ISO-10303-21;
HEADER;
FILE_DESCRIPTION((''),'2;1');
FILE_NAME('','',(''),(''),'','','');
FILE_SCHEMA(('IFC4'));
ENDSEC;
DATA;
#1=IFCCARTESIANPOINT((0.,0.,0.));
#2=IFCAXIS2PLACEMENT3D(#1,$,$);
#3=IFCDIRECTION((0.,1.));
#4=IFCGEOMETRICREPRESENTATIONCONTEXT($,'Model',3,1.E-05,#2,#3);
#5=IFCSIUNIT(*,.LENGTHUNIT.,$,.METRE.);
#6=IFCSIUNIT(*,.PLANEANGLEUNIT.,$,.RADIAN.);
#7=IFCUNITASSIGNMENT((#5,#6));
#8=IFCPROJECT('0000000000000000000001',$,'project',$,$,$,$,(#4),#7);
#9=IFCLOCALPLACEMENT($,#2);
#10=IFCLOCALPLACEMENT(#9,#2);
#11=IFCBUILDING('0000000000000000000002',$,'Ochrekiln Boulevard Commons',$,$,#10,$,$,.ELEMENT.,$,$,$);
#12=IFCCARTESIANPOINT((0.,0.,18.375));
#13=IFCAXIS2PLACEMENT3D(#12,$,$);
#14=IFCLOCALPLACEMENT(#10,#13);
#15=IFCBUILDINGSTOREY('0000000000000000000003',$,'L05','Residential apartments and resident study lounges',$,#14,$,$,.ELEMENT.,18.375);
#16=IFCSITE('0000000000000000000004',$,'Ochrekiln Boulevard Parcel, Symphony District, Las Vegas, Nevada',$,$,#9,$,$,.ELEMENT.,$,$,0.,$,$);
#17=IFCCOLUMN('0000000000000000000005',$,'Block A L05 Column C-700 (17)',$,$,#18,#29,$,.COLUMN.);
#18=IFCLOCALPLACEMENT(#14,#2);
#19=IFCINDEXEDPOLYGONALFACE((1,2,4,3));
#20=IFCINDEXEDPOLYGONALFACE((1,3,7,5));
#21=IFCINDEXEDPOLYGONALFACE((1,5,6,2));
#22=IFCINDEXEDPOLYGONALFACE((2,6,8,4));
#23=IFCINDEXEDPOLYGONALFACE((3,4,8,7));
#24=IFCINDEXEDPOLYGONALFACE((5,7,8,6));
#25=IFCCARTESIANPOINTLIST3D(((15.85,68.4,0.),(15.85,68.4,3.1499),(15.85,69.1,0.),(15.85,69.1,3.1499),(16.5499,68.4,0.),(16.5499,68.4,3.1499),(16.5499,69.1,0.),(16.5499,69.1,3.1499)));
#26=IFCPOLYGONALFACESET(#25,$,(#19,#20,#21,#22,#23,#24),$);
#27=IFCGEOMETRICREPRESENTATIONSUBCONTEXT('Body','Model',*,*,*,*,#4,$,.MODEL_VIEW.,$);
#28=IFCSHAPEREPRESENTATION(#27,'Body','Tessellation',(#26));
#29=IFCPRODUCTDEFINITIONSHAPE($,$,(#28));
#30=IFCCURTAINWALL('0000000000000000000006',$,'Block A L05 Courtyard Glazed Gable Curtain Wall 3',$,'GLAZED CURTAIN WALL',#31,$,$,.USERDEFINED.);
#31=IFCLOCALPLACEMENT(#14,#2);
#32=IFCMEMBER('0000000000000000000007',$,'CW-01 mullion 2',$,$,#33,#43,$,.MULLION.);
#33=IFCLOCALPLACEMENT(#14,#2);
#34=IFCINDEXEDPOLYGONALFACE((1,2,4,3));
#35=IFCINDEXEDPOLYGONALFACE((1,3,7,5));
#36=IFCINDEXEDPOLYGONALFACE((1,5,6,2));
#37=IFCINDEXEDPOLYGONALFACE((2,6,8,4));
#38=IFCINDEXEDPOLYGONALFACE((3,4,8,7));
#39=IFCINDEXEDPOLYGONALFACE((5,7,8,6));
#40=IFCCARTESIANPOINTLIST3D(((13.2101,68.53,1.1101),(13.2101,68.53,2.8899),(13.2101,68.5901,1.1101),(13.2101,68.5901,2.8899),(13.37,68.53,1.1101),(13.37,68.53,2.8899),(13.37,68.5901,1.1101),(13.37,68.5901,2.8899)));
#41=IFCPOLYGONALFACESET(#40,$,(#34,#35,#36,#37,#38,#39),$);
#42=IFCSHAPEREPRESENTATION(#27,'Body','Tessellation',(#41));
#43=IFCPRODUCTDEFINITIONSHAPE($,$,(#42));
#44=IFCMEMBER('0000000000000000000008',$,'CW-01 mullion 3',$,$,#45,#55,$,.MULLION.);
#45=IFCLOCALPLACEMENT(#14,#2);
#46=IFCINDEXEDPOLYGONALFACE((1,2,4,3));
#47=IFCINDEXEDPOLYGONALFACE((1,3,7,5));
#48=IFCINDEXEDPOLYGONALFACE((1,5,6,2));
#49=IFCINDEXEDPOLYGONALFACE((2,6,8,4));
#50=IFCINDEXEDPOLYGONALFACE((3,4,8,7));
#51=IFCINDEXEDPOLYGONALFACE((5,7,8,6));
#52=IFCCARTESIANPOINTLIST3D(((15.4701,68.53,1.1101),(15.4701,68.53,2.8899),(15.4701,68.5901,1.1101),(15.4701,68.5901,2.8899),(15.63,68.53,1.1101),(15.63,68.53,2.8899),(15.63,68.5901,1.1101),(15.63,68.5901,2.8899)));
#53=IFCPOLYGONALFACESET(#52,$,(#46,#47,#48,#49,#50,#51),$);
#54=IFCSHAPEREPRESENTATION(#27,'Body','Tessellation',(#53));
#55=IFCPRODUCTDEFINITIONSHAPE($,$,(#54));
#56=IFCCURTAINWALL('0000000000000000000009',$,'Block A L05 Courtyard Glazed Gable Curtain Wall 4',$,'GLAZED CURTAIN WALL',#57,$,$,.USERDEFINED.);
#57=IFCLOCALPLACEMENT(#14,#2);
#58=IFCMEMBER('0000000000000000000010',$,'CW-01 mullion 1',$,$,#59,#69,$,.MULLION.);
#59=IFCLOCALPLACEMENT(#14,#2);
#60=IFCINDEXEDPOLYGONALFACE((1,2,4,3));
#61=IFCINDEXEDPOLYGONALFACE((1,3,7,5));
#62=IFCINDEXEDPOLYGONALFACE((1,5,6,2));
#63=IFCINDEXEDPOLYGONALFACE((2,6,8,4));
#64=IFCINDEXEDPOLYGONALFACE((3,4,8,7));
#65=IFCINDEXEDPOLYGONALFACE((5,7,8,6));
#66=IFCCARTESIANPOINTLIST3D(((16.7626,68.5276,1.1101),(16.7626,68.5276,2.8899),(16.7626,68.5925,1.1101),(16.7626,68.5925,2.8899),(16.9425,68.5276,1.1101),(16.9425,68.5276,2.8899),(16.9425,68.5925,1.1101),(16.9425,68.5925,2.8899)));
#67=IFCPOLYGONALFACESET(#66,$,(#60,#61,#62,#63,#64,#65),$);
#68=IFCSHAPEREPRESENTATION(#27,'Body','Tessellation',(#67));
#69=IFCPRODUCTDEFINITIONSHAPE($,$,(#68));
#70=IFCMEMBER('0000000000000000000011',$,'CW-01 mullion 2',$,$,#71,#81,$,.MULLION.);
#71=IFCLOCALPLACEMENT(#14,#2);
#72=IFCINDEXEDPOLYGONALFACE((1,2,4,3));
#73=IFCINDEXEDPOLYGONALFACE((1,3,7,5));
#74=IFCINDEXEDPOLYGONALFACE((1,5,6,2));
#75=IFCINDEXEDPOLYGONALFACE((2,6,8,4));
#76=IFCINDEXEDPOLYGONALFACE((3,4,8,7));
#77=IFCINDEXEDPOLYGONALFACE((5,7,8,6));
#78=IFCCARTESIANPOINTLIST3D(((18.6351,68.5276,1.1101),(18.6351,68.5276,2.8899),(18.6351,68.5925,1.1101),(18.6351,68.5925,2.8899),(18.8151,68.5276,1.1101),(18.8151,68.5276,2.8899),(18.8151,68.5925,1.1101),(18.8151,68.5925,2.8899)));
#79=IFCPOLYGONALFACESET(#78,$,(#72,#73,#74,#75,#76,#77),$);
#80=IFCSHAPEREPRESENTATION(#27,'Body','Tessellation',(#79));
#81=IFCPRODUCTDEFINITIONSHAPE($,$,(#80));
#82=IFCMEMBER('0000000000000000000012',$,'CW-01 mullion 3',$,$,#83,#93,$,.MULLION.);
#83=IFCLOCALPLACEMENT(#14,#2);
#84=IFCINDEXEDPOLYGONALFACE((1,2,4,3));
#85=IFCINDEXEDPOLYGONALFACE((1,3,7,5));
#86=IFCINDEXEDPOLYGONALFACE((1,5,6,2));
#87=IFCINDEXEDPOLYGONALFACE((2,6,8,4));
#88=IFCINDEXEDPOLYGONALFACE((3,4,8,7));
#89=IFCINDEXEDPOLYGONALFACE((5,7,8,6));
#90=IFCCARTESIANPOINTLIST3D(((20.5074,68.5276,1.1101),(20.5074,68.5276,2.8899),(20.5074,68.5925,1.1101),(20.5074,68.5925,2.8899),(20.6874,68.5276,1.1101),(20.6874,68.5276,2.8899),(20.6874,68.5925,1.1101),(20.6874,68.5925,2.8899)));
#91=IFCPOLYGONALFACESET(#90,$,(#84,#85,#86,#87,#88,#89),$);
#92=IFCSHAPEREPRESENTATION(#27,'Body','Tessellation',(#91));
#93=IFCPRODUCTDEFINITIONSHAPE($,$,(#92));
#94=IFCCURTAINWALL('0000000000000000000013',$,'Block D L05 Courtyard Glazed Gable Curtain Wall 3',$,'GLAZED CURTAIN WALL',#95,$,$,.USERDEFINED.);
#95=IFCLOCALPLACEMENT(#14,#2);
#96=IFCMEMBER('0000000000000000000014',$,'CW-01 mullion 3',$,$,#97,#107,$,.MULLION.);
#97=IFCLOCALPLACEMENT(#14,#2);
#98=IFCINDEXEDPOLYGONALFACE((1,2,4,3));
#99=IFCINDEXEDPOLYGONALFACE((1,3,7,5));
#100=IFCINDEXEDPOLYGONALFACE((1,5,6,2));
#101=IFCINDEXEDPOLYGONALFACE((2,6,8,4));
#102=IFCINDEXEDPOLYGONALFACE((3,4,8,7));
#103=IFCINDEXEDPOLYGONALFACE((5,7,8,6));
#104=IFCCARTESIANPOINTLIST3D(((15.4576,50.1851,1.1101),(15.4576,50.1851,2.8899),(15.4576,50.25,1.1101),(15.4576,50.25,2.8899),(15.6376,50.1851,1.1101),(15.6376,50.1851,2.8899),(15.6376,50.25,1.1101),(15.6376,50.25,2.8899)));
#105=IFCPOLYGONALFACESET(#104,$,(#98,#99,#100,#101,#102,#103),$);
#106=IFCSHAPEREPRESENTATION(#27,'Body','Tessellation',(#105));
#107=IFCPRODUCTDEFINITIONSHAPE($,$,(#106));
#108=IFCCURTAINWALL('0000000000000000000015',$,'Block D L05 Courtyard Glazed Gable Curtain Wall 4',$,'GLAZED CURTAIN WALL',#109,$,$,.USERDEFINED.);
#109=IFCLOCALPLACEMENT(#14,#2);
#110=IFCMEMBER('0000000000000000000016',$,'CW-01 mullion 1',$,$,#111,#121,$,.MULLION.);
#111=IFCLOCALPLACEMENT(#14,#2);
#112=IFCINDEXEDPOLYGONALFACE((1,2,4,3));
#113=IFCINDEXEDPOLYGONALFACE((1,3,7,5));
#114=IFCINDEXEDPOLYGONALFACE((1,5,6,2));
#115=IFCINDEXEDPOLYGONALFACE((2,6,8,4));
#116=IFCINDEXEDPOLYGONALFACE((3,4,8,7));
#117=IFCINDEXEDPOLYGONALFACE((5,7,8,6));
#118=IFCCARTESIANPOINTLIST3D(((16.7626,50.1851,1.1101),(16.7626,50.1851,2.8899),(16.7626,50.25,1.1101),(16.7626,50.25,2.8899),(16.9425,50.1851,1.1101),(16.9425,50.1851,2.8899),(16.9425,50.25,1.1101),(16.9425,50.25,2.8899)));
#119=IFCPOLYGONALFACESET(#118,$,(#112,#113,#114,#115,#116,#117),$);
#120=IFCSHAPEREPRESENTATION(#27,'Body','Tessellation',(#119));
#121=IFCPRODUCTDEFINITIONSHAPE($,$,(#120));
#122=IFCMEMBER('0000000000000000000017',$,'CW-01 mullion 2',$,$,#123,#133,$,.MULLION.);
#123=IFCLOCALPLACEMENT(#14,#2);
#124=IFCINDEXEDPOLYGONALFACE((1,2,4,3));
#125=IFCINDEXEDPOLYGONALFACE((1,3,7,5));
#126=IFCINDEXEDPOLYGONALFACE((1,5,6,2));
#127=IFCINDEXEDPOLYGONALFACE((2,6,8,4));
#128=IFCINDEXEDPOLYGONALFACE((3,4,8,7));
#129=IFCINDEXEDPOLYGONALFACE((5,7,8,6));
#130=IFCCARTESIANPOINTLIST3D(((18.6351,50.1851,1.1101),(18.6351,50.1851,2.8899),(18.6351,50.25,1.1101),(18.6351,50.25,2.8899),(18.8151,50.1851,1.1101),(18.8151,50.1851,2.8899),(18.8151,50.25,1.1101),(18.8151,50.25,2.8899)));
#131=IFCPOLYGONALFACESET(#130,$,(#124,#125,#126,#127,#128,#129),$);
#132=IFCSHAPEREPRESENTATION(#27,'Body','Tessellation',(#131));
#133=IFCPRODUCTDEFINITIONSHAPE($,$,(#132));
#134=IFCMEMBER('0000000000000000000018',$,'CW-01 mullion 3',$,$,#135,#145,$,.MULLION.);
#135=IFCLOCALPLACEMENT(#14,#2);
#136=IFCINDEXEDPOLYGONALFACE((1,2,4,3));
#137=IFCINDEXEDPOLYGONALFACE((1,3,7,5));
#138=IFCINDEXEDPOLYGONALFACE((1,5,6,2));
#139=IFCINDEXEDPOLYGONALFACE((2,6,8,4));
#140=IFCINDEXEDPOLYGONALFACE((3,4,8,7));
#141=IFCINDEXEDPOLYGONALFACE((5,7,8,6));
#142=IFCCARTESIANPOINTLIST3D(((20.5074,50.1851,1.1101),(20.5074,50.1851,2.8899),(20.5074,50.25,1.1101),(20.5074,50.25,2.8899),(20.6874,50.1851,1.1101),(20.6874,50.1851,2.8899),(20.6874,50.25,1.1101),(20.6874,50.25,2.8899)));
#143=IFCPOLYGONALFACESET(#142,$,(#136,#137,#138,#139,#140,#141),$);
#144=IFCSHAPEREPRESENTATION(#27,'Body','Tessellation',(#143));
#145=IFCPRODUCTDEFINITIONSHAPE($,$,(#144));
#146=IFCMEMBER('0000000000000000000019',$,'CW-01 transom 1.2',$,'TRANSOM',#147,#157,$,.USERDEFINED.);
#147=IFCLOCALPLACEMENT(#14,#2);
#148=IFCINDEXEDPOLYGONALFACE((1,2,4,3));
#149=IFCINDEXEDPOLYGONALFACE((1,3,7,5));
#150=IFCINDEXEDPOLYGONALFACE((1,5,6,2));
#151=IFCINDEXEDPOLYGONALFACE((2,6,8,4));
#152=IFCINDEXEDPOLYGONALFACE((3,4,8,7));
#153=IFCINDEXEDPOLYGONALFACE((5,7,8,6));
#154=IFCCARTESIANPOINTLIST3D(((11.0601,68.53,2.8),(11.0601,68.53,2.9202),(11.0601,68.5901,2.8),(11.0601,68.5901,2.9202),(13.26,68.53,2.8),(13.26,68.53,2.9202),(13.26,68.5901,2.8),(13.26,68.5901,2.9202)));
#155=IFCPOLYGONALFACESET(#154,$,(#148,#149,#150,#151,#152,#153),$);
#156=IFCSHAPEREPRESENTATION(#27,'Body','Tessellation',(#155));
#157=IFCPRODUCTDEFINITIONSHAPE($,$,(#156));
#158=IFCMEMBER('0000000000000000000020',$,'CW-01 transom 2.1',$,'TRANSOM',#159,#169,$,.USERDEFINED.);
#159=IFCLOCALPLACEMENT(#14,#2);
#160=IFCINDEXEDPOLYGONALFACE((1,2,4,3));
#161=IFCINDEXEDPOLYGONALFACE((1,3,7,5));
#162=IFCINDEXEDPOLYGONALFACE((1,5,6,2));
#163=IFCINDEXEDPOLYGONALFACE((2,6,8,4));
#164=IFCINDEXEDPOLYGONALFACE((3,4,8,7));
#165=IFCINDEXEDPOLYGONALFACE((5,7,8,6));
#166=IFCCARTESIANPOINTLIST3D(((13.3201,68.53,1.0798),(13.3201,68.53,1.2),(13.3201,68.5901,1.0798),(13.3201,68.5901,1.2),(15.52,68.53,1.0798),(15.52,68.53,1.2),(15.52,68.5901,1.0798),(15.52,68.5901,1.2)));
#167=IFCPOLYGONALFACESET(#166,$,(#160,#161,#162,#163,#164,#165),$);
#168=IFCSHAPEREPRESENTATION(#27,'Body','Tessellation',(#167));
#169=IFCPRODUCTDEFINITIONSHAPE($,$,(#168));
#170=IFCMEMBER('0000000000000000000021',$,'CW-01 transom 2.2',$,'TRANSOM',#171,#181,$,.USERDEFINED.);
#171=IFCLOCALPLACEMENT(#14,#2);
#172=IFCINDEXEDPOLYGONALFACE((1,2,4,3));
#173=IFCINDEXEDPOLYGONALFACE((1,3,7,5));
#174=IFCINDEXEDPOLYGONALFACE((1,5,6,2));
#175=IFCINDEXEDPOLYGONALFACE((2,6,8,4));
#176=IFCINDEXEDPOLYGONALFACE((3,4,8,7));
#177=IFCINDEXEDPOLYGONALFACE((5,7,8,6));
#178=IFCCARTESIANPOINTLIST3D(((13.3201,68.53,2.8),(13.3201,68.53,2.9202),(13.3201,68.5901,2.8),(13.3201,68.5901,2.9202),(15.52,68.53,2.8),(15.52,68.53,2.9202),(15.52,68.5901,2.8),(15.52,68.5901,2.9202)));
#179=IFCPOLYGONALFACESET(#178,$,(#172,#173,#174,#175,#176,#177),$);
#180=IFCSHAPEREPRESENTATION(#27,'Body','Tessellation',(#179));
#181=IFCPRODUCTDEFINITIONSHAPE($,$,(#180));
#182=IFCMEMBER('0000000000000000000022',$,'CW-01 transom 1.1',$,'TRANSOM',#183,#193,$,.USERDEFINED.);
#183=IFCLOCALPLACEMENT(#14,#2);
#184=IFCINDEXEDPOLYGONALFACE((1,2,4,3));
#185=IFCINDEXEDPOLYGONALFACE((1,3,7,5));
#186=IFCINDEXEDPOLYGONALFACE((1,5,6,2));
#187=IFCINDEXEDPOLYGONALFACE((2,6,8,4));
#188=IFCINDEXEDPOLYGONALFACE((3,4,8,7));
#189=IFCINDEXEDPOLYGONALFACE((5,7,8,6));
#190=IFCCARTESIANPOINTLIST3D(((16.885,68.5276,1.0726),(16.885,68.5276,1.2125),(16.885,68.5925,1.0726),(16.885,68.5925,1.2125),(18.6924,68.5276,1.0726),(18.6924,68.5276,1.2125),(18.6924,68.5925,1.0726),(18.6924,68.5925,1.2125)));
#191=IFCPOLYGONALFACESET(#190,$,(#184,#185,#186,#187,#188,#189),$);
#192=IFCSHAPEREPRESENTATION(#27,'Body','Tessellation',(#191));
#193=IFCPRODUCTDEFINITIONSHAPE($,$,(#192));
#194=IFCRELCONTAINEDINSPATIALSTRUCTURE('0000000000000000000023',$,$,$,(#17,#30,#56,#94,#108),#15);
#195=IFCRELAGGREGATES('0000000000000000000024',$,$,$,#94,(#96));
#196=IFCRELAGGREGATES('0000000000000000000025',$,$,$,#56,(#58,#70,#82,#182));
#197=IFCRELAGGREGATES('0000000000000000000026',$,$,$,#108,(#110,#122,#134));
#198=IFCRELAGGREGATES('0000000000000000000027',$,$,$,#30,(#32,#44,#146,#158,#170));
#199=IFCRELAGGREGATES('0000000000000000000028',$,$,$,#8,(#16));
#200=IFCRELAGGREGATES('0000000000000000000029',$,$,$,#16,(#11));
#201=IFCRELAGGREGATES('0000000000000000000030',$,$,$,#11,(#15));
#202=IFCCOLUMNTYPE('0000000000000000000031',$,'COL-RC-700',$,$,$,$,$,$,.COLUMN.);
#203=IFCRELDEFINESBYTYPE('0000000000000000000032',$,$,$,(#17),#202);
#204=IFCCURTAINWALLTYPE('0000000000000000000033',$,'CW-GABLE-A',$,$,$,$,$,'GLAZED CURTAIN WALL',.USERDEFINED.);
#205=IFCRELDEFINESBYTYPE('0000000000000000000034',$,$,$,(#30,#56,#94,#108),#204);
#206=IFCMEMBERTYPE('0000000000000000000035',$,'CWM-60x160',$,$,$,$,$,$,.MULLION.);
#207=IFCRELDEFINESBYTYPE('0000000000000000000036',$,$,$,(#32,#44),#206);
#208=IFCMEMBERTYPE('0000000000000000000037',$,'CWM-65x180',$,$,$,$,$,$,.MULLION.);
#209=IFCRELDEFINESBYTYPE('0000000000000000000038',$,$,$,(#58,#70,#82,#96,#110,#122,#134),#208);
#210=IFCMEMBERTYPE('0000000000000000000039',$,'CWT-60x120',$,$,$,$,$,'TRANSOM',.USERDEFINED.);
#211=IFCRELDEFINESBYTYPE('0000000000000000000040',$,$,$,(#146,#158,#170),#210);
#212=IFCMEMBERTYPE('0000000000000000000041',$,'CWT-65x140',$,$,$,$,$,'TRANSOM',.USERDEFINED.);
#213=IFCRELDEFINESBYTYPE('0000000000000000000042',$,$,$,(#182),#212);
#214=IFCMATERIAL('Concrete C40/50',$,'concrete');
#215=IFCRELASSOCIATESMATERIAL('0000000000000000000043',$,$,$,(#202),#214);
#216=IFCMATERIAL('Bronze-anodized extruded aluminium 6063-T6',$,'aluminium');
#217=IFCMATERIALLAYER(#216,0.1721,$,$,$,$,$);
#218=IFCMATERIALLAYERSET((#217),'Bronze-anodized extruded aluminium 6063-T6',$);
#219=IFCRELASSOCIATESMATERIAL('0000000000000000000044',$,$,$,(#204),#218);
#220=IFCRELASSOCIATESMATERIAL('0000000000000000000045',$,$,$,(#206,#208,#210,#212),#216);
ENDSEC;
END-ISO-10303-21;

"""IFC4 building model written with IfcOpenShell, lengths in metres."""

from ifc_helpers import new_model, si_unit, direction, frame, origin, origin_2d, place, context, subcontext, project, spatial, rectangle, extrude, material, layer, layer_set, material_profile, profile_set, type_object, element, aggregate, save


model = new_model("IFC4")

# Units and contexts
model_context = context("Model", 3, precision=1e-05, world=origin(), true_north=direction((0.0, 1.0)))
body_context = subcontext(model_context, "Body", "Model", "MODEL_VIEW")
ifc_project = project(units=[si_unit("LENGTHUNIT", "METRE"), si_unit("PLANEANGLEUNIT", "RADIAN")], contexts=[model_context])

# Site, building, storey
site_placement = place(None, origin())
site = spatial("IfcSite", under=ifc_project, at=site_placement, Name="Ochrekiln Boulevard Parcel, Symphony District, Las Vegas, Nevada", CompositionType="ELEMENT", RefElevation=0.0)
building_placement = place(site_placement, origin())
building = spatial("IfcBuilding", under=site, at=building_placement, Name="Ochrekiln Boulevard Commons", CompositionType="ELEMENT")
storey_placement = place(building_placement, frame((0.0, 0.0, 18.375)))
storey = spatial("IfcBuildingStorey", under=building, at=storey_placement, Name="L05", Description="Residential apartments and resident study lounges", CompositionType="ELEMENT", Elevation=18.375)

# Column
ifc_material_1 = material(Name="Concrete C40/50", Category="concrete")
ifc_material_profile_1 = material_profile(ifc_material_1, rectangle(XDim=0.7, YDim=0.7, at=origin_2d()), Name="RC-COL-700x700")
ifc_profile_set_1 = profile_set([ifc_material_profile_1], Name="Concrete C40/50")
column_type = type_object("IfcColumnType", Name="COL-RC-700", PredefinedType="COLUMN", material=ifc_profile_set_1)
column_placement = place(storey_placement, frame((16.2, 68.75, 0.0), z_axis=(0.0, 0.0, 1.0), x_axis=(1.0, 0.0, 0.0)))
element("IfcColumn", 1, at=column_placement, inside=storey, type_object=column_type, Name="Block A L05 Column C-700 (17)", PredefinedType="COLUMN", context=body_context, shape_type="SweptSolid", body=[
    extrude(rectangle(XDim=0.7, YDim=0.7, at=origin_2d()), origin(), (0.0, 0.0, 1.0), 3.1499),
])

# Curtain walls, members
ifc_material_2 = material(Name="Bronze-anodized extruded aluminium 6063-T6", Category="aluminium")
ifc_layer_1 = layer(ifc_material_2, 0.1721)
ifc_layer_set_1 = layer_set([ifc_layer_1], Name="Bronze-anodized extruded aluminium 6063-T6")
curtain_wall_type = type_object("IfcCurtainWallType", Name="CW-GABLE-A", ElementType="GLAZED CURTAIN WALL", PredefinedType="USERDEFINED", material=ifc_layer_set_1)
curtain_wall_1_placement = place(storey_placement, origin())
curtain_wall_1 = element("IfcCurtainWall", 2, at=curtain_wall_1_placement, inside=storey, type_object=curtain_wall_type, Name="Block A L05 Courtyard Glazed Gable Curtain Wall 3", ObjectType="GLAZED CURTAIN WALL", PredefinedType="USERDEFINED")
ifc_material_profile_2 = material_profile(ifc_material_2, rectangle(XDim=0.0601, YDim=0.1599, at=origin_2d()), Name="ALU-MUL-60x160")
ifc_profile_set_2 = profile_set([ifc_material_profile_2], Name="Bronze-anodized extruded aluminium 6063-T6")
member_type_1 = type_object("IfcMemberType", Name="CWM-60x160", PredefinedType="MULLION", material=ifc_profile_set_2)
member_1_placement = place(storey_placement, frame((13.29, 68.5601, 1.1101), z_axis=(0.0, 0.0, 1.0), x_axis=(0.0, 1.0, 0.0)))
member_1 = element("IfcMember", 3, at=member_1_placement, type_object=member_type_1, Name="CW-01 mullion 2", PredefinedType="MULLION", context=body_context, shape_type="SweptSolid", body=[
    extrude(rectangle(XDim=0.0601, YDim=0.1599, at=origin_2d()), origin(), (0.0, 0.0, 1.0), 1.7798),
])
member_2_placement = place(storey_placement, frame((15.55, 68.5601, 1.1101), z_axis=(0.0, 0.0, 1.0), x_axis=(0.0, 1.0, 0.0)))
member_2 = element("IfcMember", 4, at=member_2_placement, type_object=member_type_1, Name="CW-01 mullion 3", PredefinedType="MULLION", context=body_context, shape_type="SweptSolid", body=[
    extrude(rectangle(XDim=0.0601, YDim=0.1599, at=origin_2d()), origin(), (0.0, 0.0, 1.0), 1.7798),
])
curtain_wall_2_placement = place(storey_placement, origin())
curtain_wall_2 = element("IfcCurtainWall", 5, at=curtain_wall_2_placement, inside=storey, type_object=curtain_wall_type, Name="Block A L05 Courtyard Glazed Gable Curtain Wall 4", ObjectType="GLAZED CURTAIN WALL", PredefinedType="USERDEFINED")
ifc_material_profile_3 = material_profile(ifc_material_2, rectangle(XDim=0.0649, YDim=0.1799, at=origin_2d()), Name="ALU-MUL-65x180")
ifc_profile_set_3 = profile_set([ifc_material_profile_3], Name="Bronze-anodized extruded aluminium 6063-T6")
member_type_2 = type_object("IfcMemberType", Name="CWM-65x180", PredefinedType="MULLION", material=ifc_profile_set_3)
member_3_placement = place(storey_placement, frame((16.8525, 68.5601, 1.1101), z_axis=(0.0, 0.0, 1.0), x_axis=(0.0, 1.0, 0.0)))
member_3 = element("IfcMember", 6, at=member_3_placement, type_object=member_type_2, Name="CW-01 mullion 1", PredefinedType="MULLION", context=body_context, shape_type="SweptSolid", body=[
    extrude(rectangle(XDim=0.0649, YDim=0.1799, at=origin_2d()), origin(), (0.0, 0.0, 1.0), 1.7798),
])
member_4_placement = place(storey_placement, frame((18.7251, 68.5601, 1.1101), z_axis=(0.0, 0.0, 1.0), x_axis=(0.0, 1.0, 0.0)))
member_4 = element("IfcMember", 7, at=member_4_placement, type_object=member_type_2, Name="CW-01 mullion 2", PredefinedType="MULLION", context=body_context, shape_type="SweptSolid", body=[
    extrude(rectangle(XDim=0.0649, YDim=0.1799, at=origin_2d()), origin(), (0.0, 0.0, 1.0), 1.7798),
])
member_5_placement = place(storey_placement, frame((20.5974, 68.5601, 1.1101), z_axis=(0.0, 0.0, 1.0), x_axis=(0.0, 1.0, 0.0)))
member_5 = element("IfcMember", 8, at=member_5_placement, type_object=member_type_2, Name="CW-01 mullion 3", PredefinedType="MULLION", context=body_context, shape_type="SweptSolid", body=[
    extrude(rectangle(XDim=0.0649, YDim=0.1799, at=origin_2d()), origin(), (0.0, 0.0, 1.0), 1.7798),
])

# Curtain wall, member
curtain_wall_3_placement = place(storey_placement, origin())
curtain_wall_3 = element("IfcCurtainWall", 9, at=curtain_wall_3_placement, inside=storey, type_object=curtain_wall_type, Name="Block D L05 Courtyard Glazed Gable Curtain Wall 3", ObjectType="GLAZED CURTAIN WALL", PredefinedType="USERDEFINED")
member_6_placement = place(storey_placement, frame((15.5476, 50.2175, 1.1101), z_axis=(0.0, 0.0, 1.0), x_axis=(0.0, 1.0, 0.0)))
member_6 = element("IfcMember", 10, at=member_6_placement, type_object=member_type_2, Name="CW-01 mullion 3", PredefinedType="MULLION", context=body_context, shape_type="SweptSolid", body=[
    extrude(rectangle(XDim=0.0649, YDim=0.1799, at=origin_2d()), origin(), (0.0, 0.0, 1.0), 1.7798),
])
aggregate(curtain_wall_3, [member_6])

# Curtain wall, members
curtain_wall_4_placement = place(storey_placement, origin())
curtain_wall_4 = element("IfcCurtainWall", 11, at=curtain_wall_4_placement, inside=storey, type_object=curtain_wall_type, Name="Block D L05 Courtyard Glazed Gable Curtain Wall 4", ObjectType="GLAZED CURTAIN WALL", PredefinedType="USERDEFINED")
member_7_placement = place(storey_placement, frame((16.8525, 50.2175, 1.1101), z_axis=(0.0, 0.0, 1.0), x_axis=(0.0, 1.0, 0.0)))
member_7 = element("IfcMember", 12, at=member_7_placement, type_object=member_type_2, Name="CW-01 mullion 1", PredefinedType="MULLION", context=body_context, shape_type="SweptSolid", body=[
    extrude(rectangle(XDim=0.0649, YDim=0.1799, at=origin_2d()), origin(), (0.0, 0.0, 1.0), 1.7798),
])
member_8_placement = place(storey_placement, frame((18.7251, 50.2175, 1.1101), z_axis=(0.0, 0.0, 1.0), x_axis=(0.0, 1.0, 0.0)))
member_8 = element("IfcMember", 13, at=member_8_placement, type_object=member_type_2, Name="CW-01 mullion 2", PredefinedType="MULLION", context=body_context, shape_type="SweptSolid", body=[
    extrude(rectangle(XDim=0.0649, YDim=0.1799, at=origin_2d()), origin(), (0.0, 0.0, 1.0), 1.7798),
])
member_9_placement = place(storey_placement, frame((20.5974, 50.2175, 1.1101), z_axis=(0.0, 0.0, 1.0), x_axis=(0.0, 1.0, 0.0)))
member_9 = element("IfcMember", 14, at=member_9_placement, type_object=member_type_2, Name="CW-01 mullion 3", PredefinedType="MULLION", context=body_context, shape_type="SweptSolid", body=[
    extrude(rectangle(XDim=0.0649, YDim=0.1799, at=origin_2d()), origin(), (0.0, 0.0, 1.0), 1.7798),
])

# Members
ifc_material_profile_4 = material_profile(ifc_material_2, rectangle(XDim=0.0601, YDim=0.1201, at=origin_2d()), Name="ALU-TRN-60x120")
ifc_profile_set_4 = profile_set([ifc_material_profile_4], Name="Bronze-anodized extruded aluminium 6063-T6")
member_type_3 = type_object("IfcMemberType", Name="CWT-60x120", ElementType="TRANSOM", PredefinedType="USERDEFINED", material=ifc_profile_set_4)
member_10_placement = place(storey_placement, frame((11.0601, 68.5601, 2.8601), z_axis=(1.0, 0.0, 0.0), x_axis=(0.0, 1.0, 0.0)))
member_10 = element("IfcMember", 15, at=member_10_placement, type_object=member_type_3, Name="CW-01 transom 1.2", ObjectType="TRANSOM", PredefinedType="USERDEFINED", context=body_context, shape_type="SweptSolid", body=[
    extrude(rectangle(XDim=0.0601, YDim=0.1201, at=origin_2d()), origin(), (0.0, 0.0, 1.0), 2.2),
])
member_11_placement = place(storey_placement, frame((13.3201, 68.5601, 1.1399), z_axis=(1.0, 0.0, 0.0), x_axis=(0.0, 1.0, 0.0)))
member_11 = element("IfcMember", 16, at=member_11_placement, type_object=member_type_3, Name="CW-01 transom 2.1", ObjectType="TRANSOM", PredefinedType="USERDEFINED", context=body_context, shape_type="SweptSolid", body=[
    extrude(rectangle(XDim=0.0601, YDim=0.1201, at=origin_2d()), origin(), (0.0, 0.0, 1.0), 2.2),
])
member_12_placement = place(storey_placement, frame((13.3201, 68.5601, 2.8601), z_axis=(1.0, 0.0, 0.0), x_axis=(0.0, 1.0, 0.0)))
member_12 = element("IfcMember", 17, at=member_12_placement, type_object=member_type_3, Name="CW-01 transom 2.2", ObjectType="TRANSOM", PredefinedType="USERDEFINED", context=body_context, shape_type="SweptSolid", body=[
    extrude(rectangle(XDim=0.0601, YDim=0.1201, at=origin_2d()), origin(), (0.0, 0.0, 1.0), 2.2),
])
ifc_material_profile_5 = material_profile(ifc_material_2, rectangle(XDim=0.0649, YDim=0.1399, at=origin_2d()), Name="ALU-TRN-65x140")
ifc_profile_set_5 = profile_set([ifc_material_profile_5], Name="Bronze-anodized extruded aluminium 6063-T6")
member_type_4 = type_object("IfcMemberType", Name="CWT-65x140", ElementType="TRANSOM", PredefinedType="USERDEFINED", material=ifc_profile_set_5)
member_13_placement = place(storey_placement, frame((16.885, 68.5601, 1.1426), z_axis=(1.0, 0.0, 0.0), x_axis=(0.0, 1.0, 0.0)))
member_13 = element("IfcMember", 18, at=member_13_placement, type_object=member_type_4, Name="CW-01 transom 1.1", ObjectType="TRANSOM", PredefinedType="USERDEFINED", context=body_context, shape_type="SweptSolid", body=[
    extrude(rectangle(XDim=0.0649, YDim=0.1399, at=origin_2d()), origin(), (0.0, 0.0, 1.0), 1.8074),
])

aggregate(curtain_wall_2, [member_3, member_4, member_5, member_13])
aggregate(curtain_wall_4, [member_7, member_8, member_9])
aggregate(curtain_wall_1, [member_1, member_2, member_10, member_11, member_12])

save(model, "model.ifc")
